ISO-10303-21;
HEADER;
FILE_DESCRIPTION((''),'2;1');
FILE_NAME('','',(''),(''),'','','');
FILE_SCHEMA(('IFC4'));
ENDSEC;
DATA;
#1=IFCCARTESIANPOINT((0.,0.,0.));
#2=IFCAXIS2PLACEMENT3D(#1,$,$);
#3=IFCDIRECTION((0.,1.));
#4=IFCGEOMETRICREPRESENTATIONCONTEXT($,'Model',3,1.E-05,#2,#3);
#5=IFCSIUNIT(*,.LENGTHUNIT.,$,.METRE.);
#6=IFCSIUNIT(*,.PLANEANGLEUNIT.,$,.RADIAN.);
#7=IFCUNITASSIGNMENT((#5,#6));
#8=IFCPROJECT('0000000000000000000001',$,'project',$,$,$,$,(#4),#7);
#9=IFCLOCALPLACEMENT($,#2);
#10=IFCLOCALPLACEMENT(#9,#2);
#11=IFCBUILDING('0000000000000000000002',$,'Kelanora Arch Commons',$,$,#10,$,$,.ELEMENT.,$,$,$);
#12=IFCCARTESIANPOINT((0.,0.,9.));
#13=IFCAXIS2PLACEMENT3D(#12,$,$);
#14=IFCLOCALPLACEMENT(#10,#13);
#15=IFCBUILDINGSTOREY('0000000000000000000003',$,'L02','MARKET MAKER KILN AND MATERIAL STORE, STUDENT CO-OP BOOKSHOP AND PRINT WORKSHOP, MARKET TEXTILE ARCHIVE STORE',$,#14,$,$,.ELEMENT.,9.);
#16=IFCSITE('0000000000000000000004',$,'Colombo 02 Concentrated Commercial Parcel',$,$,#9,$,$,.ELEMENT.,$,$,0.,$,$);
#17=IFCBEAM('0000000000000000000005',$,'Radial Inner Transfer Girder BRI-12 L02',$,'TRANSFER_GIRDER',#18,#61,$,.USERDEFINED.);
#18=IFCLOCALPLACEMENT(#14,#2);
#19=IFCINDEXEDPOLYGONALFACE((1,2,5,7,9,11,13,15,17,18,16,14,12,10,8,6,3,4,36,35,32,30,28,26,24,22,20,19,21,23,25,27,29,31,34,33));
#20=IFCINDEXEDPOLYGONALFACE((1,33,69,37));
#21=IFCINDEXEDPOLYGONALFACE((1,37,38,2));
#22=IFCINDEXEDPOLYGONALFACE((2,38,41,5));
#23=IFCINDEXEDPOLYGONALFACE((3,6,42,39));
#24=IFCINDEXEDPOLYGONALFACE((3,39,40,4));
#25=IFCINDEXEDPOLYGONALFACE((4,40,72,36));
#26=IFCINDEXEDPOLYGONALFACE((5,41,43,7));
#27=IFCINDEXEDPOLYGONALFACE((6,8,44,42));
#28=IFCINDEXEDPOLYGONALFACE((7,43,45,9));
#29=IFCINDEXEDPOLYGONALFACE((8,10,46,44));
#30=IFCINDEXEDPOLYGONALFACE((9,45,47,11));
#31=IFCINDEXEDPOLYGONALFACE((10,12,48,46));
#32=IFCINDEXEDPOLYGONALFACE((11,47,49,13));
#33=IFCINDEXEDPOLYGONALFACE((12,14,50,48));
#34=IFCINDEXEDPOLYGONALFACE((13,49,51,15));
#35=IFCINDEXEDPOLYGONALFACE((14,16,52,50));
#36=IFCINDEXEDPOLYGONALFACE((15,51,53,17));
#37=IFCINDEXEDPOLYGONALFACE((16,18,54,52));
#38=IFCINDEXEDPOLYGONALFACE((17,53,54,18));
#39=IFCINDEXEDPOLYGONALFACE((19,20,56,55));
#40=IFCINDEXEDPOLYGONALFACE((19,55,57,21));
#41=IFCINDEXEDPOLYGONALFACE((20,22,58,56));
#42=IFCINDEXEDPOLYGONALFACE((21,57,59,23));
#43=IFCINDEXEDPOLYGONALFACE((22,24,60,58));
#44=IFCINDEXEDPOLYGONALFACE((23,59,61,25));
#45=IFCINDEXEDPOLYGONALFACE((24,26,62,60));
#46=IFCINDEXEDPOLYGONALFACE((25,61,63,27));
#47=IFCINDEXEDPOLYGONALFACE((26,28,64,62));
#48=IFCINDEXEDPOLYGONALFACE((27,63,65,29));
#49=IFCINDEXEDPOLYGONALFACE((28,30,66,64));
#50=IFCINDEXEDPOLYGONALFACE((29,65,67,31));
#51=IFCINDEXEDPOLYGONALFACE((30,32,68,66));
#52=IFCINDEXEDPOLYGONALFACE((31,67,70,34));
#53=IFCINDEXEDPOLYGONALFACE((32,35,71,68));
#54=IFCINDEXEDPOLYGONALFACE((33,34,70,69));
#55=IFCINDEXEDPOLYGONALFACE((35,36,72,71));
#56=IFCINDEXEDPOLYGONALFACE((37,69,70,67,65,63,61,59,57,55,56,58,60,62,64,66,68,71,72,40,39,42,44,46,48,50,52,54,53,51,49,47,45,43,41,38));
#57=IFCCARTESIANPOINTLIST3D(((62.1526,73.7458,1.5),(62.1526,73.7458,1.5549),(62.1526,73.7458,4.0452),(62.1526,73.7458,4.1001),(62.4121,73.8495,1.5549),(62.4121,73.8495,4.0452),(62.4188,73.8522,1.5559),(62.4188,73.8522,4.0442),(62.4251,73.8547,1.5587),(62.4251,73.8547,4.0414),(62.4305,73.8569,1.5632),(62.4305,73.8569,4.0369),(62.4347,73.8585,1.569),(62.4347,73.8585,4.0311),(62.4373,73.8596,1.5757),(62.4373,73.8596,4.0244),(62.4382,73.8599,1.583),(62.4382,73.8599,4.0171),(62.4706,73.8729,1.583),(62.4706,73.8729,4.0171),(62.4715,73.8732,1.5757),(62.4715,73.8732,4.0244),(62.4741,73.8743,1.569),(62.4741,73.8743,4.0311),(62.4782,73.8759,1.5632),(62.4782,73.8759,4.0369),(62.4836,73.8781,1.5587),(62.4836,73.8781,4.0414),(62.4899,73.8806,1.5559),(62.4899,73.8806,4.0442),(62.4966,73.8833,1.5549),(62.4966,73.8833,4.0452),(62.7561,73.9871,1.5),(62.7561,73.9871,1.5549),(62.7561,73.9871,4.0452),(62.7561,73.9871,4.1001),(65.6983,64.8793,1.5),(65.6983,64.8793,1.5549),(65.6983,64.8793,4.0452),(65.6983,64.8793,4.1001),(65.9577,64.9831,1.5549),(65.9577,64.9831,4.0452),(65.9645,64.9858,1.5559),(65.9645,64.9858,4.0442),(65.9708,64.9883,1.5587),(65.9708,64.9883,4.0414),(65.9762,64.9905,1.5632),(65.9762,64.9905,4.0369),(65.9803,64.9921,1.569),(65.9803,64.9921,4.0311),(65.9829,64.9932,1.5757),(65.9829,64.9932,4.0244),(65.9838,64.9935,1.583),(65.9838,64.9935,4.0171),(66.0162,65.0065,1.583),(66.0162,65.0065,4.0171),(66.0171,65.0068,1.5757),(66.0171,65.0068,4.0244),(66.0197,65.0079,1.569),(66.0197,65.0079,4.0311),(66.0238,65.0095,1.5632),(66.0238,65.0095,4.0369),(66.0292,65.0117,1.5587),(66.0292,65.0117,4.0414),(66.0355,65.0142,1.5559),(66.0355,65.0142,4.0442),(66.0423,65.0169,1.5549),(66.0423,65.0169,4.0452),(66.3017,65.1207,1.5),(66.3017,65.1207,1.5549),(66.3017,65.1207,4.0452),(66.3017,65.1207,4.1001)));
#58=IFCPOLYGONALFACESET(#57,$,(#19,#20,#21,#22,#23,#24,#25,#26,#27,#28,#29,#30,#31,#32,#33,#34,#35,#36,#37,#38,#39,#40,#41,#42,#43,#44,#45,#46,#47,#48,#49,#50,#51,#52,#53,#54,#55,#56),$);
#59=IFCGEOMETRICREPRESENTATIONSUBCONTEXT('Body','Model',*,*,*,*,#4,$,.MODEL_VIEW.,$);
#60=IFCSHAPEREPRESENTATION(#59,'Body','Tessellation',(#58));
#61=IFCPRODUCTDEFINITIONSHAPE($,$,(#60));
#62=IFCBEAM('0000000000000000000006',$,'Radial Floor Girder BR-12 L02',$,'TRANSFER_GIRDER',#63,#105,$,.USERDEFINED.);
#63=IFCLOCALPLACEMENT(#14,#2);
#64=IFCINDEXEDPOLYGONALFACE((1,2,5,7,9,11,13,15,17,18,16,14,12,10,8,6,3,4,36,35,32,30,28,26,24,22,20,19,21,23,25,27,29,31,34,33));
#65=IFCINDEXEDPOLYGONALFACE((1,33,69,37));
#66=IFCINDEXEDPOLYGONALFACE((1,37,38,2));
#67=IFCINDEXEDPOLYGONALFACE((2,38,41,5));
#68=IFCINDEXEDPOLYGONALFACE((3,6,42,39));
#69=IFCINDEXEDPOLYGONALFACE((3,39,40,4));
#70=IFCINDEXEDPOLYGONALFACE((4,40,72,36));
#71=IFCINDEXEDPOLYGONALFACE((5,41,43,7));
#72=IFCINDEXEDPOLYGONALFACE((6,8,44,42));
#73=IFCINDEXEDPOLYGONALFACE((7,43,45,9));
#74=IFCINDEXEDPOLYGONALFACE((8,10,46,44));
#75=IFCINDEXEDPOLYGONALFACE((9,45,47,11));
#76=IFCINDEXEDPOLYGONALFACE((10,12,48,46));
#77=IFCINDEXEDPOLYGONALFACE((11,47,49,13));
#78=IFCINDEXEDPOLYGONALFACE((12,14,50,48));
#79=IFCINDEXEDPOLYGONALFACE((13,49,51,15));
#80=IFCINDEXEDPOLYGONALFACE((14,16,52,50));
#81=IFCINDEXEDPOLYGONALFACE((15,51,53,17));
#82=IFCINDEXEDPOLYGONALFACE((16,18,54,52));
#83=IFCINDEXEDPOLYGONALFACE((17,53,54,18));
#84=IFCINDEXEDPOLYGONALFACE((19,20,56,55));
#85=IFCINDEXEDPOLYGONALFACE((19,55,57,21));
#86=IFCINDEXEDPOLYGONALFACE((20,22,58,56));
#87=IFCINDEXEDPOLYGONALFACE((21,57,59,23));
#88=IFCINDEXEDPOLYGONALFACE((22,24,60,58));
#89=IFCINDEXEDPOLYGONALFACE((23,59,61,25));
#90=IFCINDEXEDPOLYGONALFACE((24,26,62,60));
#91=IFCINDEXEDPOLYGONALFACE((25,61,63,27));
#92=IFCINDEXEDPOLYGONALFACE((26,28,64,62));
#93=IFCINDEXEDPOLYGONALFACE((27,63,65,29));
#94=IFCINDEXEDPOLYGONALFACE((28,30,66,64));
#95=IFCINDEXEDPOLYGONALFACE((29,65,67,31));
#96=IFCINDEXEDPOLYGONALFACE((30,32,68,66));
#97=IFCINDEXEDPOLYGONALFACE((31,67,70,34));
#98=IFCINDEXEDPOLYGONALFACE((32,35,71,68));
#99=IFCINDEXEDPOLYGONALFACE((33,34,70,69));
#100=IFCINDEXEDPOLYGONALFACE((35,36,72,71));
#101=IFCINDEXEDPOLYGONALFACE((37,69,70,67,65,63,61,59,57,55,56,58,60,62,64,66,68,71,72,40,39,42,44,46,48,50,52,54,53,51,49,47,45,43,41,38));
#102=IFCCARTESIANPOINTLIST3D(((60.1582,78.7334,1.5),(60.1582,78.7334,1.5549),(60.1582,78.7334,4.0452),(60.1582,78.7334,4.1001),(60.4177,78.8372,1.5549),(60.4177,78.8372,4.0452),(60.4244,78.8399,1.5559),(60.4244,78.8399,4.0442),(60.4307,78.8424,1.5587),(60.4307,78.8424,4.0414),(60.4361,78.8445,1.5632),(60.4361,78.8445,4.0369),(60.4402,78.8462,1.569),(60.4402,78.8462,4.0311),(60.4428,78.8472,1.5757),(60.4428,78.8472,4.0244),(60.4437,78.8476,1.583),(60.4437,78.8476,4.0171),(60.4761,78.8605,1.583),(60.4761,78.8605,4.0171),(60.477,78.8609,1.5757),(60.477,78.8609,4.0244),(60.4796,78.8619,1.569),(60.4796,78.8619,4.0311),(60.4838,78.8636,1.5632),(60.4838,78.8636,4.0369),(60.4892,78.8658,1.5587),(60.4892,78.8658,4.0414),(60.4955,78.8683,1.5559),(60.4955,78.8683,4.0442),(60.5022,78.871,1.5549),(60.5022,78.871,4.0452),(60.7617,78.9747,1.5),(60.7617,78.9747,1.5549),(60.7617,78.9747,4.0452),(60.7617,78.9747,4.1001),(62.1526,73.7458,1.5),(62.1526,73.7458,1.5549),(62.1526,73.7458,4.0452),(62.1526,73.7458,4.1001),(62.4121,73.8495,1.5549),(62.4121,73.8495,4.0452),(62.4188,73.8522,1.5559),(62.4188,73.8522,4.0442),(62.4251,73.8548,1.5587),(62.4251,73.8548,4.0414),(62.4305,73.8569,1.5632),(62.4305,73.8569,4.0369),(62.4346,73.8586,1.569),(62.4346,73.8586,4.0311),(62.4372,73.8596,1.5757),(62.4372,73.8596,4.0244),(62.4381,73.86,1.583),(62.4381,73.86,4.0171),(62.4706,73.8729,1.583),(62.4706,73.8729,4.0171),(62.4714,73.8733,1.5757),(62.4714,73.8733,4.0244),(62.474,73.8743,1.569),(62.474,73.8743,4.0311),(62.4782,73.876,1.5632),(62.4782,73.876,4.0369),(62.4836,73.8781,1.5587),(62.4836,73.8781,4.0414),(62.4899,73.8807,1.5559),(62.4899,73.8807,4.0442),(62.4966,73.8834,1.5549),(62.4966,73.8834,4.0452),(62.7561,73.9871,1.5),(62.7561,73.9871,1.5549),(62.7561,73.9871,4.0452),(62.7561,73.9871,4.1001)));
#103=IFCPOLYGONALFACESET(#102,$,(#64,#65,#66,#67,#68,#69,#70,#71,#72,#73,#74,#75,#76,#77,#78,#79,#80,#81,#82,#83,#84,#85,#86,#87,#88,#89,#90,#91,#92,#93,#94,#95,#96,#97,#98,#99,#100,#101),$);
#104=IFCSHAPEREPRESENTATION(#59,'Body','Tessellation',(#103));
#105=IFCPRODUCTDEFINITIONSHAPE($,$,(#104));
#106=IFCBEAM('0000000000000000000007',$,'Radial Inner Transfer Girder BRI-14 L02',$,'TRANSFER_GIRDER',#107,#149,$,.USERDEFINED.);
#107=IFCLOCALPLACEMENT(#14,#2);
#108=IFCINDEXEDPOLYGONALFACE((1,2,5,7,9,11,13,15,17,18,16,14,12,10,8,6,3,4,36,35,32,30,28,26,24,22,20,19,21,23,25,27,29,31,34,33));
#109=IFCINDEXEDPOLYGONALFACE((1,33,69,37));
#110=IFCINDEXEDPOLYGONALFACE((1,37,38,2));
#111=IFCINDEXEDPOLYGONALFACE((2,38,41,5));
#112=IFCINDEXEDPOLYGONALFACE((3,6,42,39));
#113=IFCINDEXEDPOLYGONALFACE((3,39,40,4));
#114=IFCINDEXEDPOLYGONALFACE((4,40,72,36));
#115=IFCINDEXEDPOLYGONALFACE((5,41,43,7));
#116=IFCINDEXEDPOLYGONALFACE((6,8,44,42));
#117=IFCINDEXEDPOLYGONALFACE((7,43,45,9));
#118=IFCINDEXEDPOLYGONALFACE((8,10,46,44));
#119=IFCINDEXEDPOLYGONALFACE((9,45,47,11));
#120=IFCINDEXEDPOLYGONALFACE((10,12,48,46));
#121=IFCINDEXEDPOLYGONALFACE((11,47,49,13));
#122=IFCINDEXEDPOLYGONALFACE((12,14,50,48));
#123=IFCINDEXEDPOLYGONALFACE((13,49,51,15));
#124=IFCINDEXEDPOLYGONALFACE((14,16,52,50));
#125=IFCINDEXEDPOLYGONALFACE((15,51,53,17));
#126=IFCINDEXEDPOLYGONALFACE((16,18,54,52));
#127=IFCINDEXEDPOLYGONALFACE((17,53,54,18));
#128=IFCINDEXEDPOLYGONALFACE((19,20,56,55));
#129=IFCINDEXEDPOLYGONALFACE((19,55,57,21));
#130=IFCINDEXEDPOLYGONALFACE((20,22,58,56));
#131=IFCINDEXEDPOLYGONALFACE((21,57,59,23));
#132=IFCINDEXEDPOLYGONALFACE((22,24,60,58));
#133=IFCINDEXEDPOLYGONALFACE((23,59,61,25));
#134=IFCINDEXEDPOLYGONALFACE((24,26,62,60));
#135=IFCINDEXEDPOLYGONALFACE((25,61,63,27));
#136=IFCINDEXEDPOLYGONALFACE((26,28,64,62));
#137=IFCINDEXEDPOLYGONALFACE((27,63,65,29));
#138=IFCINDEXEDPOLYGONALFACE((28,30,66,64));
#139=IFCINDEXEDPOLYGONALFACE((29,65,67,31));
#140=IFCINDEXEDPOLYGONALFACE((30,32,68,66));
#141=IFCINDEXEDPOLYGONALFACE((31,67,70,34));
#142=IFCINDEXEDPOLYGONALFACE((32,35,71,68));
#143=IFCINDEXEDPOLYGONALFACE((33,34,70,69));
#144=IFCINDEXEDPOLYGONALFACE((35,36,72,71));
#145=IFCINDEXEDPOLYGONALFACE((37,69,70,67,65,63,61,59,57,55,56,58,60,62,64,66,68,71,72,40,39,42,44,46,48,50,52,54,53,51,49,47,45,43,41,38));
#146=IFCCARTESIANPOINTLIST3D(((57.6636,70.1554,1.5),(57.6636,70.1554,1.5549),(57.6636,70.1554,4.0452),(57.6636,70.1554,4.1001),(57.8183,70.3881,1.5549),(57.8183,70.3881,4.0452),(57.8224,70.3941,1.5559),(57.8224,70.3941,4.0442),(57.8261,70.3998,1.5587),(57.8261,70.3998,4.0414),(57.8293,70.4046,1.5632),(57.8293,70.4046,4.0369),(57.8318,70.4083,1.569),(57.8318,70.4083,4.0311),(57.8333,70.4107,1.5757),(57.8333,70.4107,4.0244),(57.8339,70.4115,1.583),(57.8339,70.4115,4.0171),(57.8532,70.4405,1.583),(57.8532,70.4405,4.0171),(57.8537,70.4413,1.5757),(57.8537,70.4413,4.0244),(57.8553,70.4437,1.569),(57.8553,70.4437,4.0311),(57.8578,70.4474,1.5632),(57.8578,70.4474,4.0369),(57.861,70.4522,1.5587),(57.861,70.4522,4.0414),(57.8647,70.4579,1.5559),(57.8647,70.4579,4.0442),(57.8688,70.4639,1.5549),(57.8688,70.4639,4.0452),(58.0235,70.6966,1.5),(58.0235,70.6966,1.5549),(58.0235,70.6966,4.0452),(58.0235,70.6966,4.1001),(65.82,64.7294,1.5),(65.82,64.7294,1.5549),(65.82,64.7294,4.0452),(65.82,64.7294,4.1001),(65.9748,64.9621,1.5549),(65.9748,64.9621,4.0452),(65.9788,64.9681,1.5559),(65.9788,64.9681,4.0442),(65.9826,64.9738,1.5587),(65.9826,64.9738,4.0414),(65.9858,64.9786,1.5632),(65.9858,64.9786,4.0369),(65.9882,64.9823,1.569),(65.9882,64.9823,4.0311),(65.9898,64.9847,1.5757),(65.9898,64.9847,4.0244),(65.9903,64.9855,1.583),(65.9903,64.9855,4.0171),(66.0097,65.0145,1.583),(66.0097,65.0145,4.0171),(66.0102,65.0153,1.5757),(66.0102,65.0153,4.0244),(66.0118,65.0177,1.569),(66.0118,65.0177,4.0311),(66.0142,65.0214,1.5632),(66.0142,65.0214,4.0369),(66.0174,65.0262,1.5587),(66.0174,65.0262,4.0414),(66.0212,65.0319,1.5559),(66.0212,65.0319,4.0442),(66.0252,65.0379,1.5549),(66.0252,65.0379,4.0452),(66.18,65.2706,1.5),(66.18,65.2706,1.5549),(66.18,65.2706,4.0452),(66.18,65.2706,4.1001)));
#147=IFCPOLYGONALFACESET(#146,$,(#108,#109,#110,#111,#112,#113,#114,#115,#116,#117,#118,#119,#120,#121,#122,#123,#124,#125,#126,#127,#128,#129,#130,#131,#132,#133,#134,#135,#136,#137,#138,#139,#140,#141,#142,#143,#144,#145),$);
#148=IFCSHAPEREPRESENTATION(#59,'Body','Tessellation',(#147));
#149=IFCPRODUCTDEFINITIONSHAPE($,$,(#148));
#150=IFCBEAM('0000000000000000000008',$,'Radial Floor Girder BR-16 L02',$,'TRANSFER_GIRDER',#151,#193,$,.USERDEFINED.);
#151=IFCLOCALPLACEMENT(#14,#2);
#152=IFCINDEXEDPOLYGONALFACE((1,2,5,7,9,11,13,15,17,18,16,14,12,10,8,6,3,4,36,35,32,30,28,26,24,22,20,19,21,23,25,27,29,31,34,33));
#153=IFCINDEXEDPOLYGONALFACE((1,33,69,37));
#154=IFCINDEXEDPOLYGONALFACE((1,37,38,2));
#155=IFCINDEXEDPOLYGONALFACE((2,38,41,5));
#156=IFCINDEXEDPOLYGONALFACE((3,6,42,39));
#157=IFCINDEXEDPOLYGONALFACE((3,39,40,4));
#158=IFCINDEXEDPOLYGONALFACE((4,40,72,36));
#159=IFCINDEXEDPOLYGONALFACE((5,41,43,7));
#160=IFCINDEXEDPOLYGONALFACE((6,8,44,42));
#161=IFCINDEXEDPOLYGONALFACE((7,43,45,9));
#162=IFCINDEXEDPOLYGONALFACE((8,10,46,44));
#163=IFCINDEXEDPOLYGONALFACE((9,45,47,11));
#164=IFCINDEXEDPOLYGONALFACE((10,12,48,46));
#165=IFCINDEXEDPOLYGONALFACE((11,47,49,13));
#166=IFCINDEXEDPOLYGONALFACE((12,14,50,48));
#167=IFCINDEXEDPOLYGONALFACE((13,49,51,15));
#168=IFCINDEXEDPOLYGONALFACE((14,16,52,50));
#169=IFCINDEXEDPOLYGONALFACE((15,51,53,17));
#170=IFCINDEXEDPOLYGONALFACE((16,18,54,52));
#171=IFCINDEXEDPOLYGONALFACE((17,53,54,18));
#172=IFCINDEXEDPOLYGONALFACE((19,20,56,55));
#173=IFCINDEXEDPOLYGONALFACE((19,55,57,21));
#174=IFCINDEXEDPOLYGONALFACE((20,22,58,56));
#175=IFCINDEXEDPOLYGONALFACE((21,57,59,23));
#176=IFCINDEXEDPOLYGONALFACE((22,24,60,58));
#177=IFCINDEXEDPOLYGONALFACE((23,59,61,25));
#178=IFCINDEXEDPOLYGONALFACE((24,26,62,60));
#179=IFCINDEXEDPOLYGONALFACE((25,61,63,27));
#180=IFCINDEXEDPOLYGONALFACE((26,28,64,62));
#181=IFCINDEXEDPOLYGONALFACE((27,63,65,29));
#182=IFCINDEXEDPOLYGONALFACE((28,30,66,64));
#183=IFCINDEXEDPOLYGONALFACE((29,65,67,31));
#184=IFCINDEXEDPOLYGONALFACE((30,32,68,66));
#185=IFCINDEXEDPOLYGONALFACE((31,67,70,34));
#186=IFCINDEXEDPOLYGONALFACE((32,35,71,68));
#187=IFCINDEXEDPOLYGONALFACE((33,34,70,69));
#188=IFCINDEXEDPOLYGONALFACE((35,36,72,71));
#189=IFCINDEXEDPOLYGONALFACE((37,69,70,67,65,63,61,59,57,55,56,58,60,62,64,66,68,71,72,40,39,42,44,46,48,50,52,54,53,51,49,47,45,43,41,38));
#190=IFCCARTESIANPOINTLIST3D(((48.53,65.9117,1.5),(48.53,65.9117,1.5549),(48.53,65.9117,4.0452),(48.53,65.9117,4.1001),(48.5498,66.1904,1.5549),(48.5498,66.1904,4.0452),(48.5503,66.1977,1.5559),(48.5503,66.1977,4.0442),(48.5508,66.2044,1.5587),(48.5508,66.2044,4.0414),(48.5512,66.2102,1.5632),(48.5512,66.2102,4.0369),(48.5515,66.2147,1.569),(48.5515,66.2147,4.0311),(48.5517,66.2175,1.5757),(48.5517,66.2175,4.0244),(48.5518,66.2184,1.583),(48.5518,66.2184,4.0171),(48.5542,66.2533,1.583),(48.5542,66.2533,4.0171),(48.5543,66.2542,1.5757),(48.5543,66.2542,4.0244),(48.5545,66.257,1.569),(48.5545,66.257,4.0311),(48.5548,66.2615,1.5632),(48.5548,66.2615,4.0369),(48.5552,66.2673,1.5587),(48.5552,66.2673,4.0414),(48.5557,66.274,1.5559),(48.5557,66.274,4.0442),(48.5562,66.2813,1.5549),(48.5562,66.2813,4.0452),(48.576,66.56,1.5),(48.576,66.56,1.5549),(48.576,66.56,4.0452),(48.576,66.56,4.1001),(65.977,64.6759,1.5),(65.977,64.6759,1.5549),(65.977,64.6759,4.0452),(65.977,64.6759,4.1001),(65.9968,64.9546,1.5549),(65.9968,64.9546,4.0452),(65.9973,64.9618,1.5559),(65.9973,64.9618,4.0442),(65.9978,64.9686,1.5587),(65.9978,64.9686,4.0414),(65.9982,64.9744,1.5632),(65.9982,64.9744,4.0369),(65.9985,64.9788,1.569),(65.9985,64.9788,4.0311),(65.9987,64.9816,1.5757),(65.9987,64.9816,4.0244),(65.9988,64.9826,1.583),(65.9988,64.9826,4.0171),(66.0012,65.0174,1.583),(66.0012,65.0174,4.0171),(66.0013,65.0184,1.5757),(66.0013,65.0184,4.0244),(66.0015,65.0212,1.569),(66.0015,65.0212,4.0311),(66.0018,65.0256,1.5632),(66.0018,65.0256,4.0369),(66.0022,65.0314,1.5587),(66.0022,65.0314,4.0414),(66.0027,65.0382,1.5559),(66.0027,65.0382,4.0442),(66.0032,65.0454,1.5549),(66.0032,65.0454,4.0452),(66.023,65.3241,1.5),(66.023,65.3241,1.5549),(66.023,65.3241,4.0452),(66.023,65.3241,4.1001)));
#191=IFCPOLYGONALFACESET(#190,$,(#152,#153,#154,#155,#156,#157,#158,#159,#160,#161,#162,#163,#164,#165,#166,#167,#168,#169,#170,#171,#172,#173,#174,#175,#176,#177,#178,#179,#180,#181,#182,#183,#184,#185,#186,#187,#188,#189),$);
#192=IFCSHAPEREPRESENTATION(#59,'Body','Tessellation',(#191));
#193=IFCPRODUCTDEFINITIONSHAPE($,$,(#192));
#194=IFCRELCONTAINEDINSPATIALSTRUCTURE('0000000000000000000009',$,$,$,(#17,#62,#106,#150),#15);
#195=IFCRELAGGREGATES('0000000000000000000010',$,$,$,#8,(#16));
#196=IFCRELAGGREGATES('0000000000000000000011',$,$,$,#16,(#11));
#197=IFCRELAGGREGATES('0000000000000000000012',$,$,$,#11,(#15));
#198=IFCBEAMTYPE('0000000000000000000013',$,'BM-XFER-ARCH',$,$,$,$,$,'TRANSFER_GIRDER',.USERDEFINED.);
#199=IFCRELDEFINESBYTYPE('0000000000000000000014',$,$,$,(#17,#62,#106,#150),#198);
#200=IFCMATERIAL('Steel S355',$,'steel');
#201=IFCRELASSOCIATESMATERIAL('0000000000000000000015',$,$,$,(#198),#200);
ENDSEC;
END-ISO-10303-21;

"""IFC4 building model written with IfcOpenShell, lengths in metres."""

from ifc_helpers import new_model, si_unit, direction, frame, origin, origin_2d, place, context, subcontext, project, spatial, i_section, extrude, material, material_profile, profile_set, type_object, element, save


model = new_model("IFC4")

# Units and contexts
model_context = context("Model", 3, precision=1e-05, world=origin(), true_north=direction((0.0, 1.0)))
body_context = subcontext(model_context, "Body", "Model", "MODEL_VIEW")
ifc_project = project(units=[si_unit("LENGTHUNIT", "METRE"), si_unit("PLANEANGLEUNIT", "RADIAN")], contexts=[model_context])

# Site, building, storey
site_placement = place(None, origin())
site = spatial("IfcSite", under=ifc_project, at=site_placement, Name="Colombo 02 Concentrated Commercial Parcel", CompositionType="ELEMENT", RefElevation=0.0)
building_placement = place(site_placement, origin())
building = spatial("IfcBuilding", under=site, at=building_placement, Name="Kelanora Arch Commons", CompositionType="ELEMENT")
storey_placement = place(building_placement, frame((0.0, 0.0, 9.0)))
storey = spatial("IfcBuildingStorey", under=building, at=storey_placement, Name="L02", Description="MARKET MAKER KILN AND MATERIAL STORE, STUDENT CO-OP BOOKSHOP AND PRINT WORKSHOP, MARKET TEXTILE ARCHIVE STORE", CompositionType="ELEMENT", Elevation=9.0)

# Shared definitions
ifc_material_1 = material(Name="Steel S355", Category="steel")

# Beams
ifc_material_profile_1 = material_profile(ifc_material_1, i_section(OverallWidth=0.6499, OverallDepth=2.6001, WebThickness=0.0349, FlangeThickness=0.0549, FilletRadius=0.0281, at=origin_2d()), Name="PG2600x650")
ifc_profile_set_1 = profile_set([ifc_material_profile_1], Name="Steel S355")
beam_type_1 = type_object("IfcBeamType", Name="BM-XFER-ARCH", ElementType="TRANSFER_GIRDER", PredefinedType="USERDEFINED", material=ifc_profile_set_1)
beam_1_placement = place(storey_placement, frame((66.0, 65.0, 2.8), z_axis=(-0.371307, 0.92851, 0.0), x_axis=(-0.92851, -0.371307, 0.0)))
element("IfcBeam", 1, at=beam_1_placement, inside=storey, type_object=beam_type_1, Name="Radial Inner Transfer Girder BRI-12 L02", ObjectType="TRANSFER_GIRDER", PredefinedType="USERDEFINED", context=body_context, shape_type="SweptSolid", body=[
    extrude(i_section(OverallWidth=0.6499, OverallDepth=2.6001, WebThickness=0.0349, FlangeThickness=0.0549, FilletRadius=0.0281, at=origin_2d()), origin(), (0.0, 0.0, 1.0), 9.5491),
])
beam_2_placement = place(storey_placement, frame((62.4543, 73.8665, 2.8), z_axis=(-0.371289, 0.928517, 0.0), x_axis=(-0.928517, -0.371289, 0.0)))
element("IfcBeam", 2, at=beam_2_placement, inside=storey, type_object=beam_type_1, Name="Radial Floor Girder BR-12 L02", ObjectType="TRANSFER_GIRDER", PredefinedType="USERDEFINED", context=body_context, shape_type="SweptSolid", body=[
    extrude(i_section(OverallWidth=0.6499, OverallDepth=2.6001, WebThickness=0.0349, FlangeThickness=0.0549, FilletRadius=0.0281, at=origin_2d()), origin(), (0.0, 0.0, 1.0), 5.3716),
])
beam_3_placement = place(storey_placement, frame((66.0, 65.0, 2.8), z_axis=(-0.832598, 0.553878, 0.0), x_axis=(-0.553878, -0.832598, 0.0)))
element("IfcBeam", 3, at=beam_3_placement, inside=storey, type_object=beam_type_1, Name="Radial Inner Transfer Girder BRI-14 L02", ObjectType="TRANSFER_GIRDER", PredefinedType="USERDEFINED", context=body_context, shape_type="SweptSolid", body=[
    extrude(i_section(OverallWidth=0.6499, OverallDepth=2.6001, WebThickness=0.0349, FlangeThickness=0.0549, FilletRadius=0.0281, at=origin_2d()), origin(), (0.0, 0.0, 1.0), 9.7964),
])
beam_4_placement = place(storey_placement, frame((66.0, 65.0, 2.8), z_axis=(-0.997501, 0.070657, 0.0), x_axis=(-0.070657, -0.997501, 0.0)))
element("IfcBeam", 4, at=beam_4_placement, inside=storey, type_object=beam_type_1, Name="Radial Floor Girder BR-16 L02", ObjectType="TRANSFER_GIRDER", PredefinedType="USERDEFINED", context=body_context, shape_type="SweptSolid", body=[
    extrude(i_section(OverallWidth=0.6499, OverallDepth=2.6001, WebThickness=0.0349, FlangeThickness=0.0549, FilletRadius=0.0281, at=origin_2d()), origin(), (0.0, 0.0, 1.0), 17.4907),
])

save(model, "model.ifc")
